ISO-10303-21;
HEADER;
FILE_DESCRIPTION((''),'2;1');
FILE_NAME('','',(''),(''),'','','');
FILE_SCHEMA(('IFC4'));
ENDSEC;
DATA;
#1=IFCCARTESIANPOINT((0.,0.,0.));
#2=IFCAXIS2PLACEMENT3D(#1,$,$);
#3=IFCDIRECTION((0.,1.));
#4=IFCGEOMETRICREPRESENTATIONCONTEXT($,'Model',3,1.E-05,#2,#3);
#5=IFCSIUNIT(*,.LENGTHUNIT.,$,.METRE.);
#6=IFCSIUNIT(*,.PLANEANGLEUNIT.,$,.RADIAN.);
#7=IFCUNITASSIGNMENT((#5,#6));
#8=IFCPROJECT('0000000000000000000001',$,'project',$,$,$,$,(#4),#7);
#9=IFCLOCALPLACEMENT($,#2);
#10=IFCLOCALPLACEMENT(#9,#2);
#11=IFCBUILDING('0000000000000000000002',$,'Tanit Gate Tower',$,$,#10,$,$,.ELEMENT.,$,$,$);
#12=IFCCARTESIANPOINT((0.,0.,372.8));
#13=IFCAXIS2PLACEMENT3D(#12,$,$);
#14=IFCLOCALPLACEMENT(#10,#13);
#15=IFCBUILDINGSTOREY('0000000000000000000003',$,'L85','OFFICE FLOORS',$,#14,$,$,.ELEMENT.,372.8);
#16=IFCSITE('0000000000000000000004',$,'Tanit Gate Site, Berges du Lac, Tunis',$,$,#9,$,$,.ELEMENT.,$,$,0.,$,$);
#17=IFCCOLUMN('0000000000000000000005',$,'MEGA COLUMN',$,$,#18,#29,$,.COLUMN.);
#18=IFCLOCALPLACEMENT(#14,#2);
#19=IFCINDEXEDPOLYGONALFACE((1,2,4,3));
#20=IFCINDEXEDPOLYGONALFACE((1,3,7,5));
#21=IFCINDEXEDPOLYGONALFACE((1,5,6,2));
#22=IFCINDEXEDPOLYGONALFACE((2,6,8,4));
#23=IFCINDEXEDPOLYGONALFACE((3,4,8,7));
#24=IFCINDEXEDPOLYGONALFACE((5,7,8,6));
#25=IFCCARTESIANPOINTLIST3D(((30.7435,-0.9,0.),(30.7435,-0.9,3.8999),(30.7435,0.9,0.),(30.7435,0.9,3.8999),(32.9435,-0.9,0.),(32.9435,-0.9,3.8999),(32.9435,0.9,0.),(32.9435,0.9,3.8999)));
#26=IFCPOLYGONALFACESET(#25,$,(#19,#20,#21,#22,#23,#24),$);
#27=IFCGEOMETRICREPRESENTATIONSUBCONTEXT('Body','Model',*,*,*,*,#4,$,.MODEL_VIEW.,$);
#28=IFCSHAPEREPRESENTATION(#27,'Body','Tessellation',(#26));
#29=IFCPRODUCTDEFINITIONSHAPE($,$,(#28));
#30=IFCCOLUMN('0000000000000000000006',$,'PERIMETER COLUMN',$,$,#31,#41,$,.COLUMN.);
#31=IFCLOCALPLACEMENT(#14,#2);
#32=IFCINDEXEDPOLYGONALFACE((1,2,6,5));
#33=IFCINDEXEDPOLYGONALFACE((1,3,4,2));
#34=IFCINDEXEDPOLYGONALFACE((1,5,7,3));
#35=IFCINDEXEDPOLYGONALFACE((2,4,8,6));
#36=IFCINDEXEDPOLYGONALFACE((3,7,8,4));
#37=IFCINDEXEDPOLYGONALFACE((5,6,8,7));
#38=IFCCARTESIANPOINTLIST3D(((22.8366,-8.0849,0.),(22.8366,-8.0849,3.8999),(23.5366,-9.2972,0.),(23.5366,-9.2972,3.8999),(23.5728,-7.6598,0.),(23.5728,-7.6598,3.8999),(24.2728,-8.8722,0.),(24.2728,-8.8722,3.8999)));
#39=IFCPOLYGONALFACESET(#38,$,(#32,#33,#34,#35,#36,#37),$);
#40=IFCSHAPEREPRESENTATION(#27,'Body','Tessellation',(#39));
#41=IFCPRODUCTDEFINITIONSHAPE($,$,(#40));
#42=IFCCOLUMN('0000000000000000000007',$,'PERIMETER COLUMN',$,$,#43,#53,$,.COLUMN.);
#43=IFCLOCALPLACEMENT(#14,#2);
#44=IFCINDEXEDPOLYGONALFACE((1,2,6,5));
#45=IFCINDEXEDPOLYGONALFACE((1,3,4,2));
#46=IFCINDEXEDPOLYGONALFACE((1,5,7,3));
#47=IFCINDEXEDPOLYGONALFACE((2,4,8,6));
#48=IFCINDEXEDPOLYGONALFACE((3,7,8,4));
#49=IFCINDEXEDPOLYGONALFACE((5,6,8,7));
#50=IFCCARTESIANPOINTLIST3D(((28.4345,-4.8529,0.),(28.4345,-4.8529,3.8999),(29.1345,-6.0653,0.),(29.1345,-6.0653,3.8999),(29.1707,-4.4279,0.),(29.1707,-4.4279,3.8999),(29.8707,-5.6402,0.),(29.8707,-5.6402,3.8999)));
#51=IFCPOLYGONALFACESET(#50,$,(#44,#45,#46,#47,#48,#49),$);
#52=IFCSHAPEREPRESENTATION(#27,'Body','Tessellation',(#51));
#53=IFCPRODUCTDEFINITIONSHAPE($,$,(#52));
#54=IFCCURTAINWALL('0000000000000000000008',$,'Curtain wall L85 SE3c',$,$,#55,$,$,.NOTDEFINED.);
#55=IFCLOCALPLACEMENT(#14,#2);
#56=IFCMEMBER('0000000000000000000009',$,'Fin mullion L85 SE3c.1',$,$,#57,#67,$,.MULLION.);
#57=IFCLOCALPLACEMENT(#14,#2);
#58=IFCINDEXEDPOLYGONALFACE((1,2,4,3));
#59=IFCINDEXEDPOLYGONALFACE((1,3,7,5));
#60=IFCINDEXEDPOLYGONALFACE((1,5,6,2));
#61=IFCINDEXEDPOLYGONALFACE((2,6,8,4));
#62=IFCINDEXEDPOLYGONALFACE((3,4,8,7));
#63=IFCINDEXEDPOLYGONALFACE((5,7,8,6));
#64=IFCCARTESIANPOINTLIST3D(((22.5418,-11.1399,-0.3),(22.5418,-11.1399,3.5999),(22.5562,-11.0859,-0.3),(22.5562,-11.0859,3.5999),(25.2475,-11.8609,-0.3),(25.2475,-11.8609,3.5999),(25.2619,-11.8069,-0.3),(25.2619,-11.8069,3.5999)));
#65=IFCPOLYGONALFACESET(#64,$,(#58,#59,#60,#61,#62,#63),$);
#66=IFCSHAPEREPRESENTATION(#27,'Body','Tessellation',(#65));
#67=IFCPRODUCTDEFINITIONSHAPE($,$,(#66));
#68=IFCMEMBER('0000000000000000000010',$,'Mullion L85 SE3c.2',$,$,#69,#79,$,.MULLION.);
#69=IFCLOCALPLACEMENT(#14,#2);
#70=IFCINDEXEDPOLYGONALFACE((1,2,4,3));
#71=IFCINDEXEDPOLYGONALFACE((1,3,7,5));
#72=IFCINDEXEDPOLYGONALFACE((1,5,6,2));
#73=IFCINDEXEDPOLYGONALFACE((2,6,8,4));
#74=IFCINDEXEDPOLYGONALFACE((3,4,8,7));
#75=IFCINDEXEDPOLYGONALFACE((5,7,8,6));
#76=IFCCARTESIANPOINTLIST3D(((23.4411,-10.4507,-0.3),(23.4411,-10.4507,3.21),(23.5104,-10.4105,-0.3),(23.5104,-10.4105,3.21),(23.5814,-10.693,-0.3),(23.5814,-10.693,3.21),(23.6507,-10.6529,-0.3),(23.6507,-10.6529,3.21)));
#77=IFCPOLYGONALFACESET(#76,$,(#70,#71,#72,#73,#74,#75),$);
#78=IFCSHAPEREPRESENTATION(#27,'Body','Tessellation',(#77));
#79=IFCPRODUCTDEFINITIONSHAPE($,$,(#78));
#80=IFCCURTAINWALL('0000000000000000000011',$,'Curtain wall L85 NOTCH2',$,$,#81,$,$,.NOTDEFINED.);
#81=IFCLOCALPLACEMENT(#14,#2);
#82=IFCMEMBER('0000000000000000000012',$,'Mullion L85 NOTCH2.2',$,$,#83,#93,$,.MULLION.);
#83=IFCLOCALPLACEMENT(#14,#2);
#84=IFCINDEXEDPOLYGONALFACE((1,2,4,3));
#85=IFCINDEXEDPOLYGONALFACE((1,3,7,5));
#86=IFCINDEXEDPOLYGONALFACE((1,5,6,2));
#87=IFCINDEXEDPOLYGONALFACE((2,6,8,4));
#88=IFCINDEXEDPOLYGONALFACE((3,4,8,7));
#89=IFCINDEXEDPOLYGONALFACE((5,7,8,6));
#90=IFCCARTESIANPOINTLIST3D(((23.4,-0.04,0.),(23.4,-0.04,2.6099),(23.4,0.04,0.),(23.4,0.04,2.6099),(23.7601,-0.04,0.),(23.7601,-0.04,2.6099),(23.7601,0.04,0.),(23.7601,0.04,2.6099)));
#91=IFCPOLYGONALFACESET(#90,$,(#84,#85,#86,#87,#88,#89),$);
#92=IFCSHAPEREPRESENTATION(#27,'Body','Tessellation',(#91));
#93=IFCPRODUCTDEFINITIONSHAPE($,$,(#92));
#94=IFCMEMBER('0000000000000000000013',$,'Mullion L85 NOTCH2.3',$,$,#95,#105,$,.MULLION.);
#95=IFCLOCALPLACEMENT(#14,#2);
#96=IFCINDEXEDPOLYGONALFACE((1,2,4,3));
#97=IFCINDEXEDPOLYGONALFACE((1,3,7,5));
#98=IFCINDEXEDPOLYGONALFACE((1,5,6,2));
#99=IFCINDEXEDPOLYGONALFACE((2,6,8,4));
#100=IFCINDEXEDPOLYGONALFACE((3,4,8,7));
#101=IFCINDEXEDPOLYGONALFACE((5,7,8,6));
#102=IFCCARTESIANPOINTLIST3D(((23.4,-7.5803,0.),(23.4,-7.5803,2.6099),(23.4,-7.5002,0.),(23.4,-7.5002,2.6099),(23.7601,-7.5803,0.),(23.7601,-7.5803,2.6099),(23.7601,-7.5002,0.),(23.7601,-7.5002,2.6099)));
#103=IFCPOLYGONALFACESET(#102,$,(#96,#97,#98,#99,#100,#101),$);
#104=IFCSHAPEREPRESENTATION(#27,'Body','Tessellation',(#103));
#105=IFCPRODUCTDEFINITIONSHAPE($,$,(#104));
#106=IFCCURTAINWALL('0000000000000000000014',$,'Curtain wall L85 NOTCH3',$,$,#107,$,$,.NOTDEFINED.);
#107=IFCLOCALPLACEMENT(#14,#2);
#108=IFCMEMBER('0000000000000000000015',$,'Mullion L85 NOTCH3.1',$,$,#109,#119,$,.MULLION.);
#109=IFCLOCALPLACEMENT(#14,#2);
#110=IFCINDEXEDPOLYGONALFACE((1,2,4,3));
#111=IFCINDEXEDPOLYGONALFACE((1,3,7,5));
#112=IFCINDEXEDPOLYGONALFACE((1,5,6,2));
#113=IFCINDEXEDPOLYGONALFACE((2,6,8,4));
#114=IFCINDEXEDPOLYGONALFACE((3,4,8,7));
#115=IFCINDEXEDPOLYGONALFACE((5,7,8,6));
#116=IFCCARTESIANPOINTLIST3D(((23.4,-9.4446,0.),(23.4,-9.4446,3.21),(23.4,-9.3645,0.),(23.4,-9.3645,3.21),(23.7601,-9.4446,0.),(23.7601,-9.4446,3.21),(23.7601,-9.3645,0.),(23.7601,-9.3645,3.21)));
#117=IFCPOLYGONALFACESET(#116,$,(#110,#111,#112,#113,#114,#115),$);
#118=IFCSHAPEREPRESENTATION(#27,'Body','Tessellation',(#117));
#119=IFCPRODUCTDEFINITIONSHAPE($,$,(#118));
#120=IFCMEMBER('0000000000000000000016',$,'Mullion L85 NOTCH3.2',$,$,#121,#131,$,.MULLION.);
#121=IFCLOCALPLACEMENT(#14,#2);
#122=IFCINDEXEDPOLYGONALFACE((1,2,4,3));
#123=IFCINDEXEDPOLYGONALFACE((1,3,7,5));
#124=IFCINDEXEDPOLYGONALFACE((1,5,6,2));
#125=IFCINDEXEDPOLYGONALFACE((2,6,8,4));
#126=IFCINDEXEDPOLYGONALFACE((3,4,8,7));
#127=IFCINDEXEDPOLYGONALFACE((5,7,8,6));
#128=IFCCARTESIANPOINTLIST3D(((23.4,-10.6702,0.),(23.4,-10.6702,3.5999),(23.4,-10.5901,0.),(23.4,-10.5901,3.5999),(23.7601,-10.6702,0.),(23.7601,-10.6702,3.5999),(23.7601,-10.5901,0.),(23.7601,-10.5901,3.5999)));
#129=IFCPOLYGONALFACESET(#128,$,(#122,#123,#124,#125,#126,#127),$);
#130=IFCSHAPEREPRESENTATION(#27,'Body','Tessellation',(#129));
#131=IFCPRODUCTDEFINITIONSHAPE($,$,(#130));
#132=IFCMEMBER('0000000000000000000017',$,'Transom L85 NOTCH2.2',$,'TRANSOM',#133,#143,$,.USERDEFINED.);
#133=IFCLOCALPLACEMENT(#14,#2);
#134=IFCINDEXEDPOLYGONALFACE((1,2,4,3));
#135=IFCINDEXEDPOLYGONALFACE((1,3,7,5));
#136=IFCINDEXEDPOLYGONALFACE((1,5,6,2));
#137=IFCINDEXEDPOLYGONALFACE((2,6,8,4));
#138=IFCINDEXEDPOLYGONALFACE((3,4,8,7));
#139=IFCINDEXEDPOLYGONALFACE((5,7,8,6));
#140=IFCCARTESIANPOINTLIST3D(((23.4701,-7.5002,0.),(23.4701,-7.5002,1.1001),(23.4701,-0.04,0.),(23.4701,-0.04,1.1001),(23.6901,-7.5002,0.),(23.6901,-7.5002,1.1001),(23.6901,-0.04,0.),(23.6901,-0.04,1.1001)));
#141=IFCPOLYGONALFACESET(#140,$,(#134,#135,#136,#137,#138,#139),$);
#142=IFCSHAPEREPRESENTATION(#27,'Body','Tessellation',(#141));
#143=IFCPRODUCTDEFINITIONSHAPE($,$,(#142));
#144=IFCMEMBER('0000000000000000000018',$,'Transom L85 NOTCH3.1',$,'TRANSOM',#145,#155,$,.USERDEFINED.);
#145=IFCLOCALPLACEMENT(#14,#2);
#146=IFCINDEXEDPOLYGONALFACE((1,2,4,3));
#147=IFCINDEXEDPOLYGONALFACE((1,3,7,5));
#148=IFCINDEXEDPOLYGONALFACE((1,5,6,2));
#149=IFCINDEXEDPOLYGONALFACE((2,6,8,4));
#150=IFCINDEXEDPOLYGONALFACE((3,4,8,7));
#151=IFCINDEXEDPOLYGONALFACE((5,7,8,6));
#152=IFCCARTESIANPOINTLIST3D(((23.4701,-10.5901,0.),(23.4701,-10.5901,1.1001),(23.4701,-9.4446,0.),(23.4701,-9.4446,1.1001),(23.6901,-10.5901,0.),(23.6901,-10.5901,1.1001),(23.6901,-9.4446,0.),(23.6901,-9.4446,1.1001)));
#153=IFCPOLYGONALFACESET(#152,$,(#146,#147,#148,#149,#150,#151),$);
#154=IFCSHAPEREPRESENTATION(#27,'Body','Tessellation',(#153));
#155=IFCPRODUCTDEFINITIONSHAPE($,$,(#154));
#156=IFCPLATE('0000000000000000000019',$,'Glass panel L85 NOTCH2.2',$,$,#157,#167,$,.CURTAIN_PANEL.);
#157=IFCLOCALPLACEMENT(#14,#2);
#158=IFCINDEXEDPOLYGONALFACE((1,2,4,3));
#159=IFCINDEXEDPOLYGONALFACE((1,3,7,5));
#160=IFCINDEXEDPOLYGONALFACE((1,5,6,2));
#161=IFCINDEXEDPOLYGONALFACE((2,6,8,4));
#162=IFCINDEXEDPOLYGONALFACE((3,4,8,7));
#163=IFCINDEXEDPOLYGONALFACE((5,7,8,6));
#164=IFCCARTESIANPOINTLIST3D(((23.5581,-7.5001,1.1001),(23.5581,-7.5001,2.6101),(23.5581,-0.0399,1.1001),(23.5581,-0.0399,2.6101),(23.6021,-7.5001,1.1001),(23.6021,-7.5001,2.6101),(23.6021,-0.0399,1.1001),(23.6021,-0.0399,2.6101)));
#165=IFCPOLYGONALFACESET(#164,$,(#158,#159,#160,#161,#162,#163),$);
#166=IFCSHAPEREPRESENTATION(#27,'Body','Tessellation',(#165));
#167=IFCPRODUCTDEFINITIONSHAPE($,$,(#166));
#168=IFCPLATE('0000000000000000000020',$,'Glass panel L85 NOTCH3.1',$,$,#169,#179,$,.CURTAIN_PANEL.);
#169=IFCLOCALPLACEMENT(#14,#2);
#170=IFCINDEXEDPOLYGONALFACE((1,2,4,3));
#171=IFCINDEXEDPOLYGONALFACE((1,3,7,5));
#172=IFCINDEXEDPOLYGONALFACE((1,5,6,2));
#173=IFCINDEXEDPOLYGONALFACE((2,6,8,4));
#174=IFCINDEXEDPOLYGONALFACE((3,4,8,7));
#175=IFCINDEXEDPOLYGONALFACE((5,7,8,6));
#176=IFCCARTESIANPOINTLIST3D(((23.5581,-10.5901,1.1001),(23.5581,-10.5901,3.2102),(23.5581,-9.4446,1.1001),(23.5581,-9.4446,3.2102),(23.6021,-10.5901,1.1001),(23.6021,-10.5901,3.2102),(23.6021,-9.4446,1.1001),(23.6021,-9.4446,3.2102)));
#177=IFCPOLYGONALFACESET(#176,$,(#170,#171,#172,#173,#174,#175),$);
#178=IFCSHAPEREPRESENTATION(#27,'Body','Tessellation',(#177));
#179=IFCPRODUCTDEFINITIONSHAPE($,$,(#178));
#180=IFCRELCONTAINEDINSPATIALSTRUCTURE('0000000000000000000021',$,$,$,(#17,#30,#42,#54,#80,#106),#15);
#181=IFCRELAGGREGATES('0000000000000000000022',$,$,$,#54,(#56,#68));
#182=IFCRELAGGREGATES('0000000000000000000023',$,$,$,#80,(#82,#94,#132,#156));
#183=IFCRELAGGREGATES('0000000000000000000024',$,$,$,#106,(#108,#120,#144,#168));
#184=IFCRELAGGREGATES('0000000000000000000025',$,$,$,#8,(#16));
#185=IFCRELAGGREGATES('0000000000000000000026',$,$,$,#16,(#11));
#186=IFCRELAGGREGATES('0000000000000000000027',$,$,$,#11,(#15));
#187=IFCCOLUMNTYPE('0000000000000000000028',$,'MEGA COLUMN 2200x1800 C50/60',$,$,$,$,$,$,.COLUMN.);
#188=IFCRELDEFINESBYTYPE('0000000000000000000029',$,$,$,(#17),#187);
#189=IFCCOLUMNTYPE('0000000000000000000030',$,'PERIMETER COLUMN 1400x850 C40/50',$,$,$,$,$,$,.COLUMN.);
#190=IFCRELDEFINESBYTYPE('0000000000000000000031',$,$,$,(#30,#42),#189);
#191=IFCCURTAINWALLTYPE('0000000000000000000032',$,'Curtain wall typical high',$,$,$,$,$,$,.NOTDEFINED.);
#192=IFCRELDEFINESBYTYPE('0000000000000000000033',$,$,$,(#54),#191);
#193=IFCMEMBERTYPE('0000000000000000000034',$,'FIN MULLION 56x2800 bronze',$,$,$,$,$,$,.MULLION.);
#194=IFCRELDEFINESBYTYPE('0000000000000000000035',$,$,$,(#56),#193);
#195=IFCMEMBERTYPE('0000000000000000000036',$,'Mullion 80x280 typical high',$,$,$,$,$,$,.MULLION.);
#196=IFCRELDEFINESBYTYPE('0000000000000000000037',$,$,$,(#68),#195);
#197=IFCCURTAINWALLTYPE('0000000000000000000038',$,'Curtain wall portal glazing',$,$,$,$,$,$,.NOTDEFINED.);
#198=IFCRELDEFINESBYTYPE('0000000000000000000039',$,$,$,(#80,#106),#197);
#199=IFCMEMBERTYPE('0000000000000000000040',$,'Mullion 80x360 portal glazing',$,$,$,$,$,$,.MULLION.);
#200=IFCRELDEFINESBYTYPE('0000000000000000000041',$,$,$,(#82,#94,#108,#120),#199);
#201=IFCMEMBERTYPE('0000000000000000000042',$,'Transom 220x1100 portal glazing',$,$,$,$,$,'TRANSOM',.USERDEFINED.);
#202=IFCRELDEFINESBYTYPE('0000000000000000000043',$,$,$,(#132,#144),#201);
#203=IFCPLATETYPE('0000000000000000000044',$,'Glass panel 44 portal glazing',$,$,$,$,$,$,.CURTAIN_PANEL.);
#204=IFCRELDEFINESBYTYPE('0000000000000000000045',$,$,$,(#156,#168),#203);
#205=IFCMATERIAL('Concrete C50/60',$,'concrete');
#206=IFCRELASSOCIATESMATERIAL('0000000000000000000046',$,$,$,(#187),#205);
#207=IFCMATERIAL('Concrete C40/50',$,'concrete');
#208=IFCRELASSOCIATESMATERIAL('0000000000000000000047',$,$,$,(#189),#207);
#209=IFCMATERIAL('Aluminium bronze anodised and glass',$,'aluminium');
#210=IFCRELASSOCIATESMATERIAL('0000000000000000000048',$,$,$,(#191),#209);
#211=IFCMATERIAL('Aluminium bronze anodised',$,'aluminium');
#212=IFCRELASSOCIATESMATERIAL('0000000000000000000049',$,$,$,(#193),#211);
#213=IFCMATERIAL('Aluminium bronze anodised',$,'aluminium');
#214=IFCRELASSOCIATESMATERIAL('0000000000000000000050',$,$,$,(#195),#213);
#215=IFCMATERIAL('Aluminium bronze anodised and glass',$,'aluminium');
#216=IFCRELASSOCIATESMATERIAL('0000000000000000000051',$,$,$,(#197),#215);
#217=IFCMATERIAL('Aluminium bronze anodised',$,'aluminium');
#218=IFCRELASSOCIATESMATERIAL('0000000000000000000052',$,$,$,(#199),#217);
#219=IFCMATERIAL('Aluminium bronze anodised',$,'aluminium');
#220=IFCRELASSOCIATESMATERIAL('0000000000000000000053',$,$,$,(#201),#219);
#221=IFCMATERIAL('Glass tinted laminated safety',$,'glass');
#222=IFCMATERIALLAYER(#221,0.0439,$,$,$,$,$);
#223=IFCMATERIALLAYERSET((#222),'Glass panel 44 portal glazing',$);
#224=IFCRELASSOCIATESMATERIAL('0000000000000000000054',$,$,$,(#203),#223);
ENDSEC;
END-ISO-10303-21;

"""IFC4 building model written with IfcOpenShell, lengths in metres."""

from ifc_helpers import new_model, si_unit, direction, frame, origin, origin_2d, place, context, subcontext, project, spatial, rectangle, extrude, material, layer, layer_set, material_profile, profile_set, type_object, element, aggregate, save


model = new_model("IFC4")

# Units and contexts
model_context = context("Model", 3, precision=1e-05, world=origin(), true_north=direction((0.0, 1.0)))
body_context = subcontext(model_context, "Body", "Model", "MODEL_VIEW")
ifc_project = project(units=[si_unit("LENGTHUNIT", "METRE"), si_unit("PLANEANGLEUNIT", "RADIAN")], contexts=[model_context])

# Site, building, storey
site_placement = place(None, origin())
site = spatial("IfcSite", under=ifc_project, at=site_placement, Name="Tanit Gate Site, Berges du Lac, Tunis", CompositionType="ELEMENT", RefElevation=0.0)
building_placement = place(site_placement, origin())
building = spatial("IfcBuilding", under=site, at=building_placement, Name="Tanit Gate Tower", CompositionType="ELEMENT")
storey_placement = place(building_placement, frame((0.0, 0.0, 372.8)))
storey = spatial("IfcBuildingStorey", under=building, at=storey_placement, Name="L85", Description="OFFICE FLOORS", CompositionType="ELEMENT", Elevation=372.8)

# Columns
ifc_material_1 = material(Name="Concrete C50/60", Category="concrete")
ifc_material_profile_1 = material_profile(ifc_material_1, rectangle(XDim=2.2, YDim=1.8, at=origin_2d()), Name="RC 2200x1800")
ifc_profile_set_1 = profile_set([ifc_material_profile_1], Name="Concrete C50/60")
column_type_1 = type_object("IfcColumnType", Name="MEGA COLUMN 2200x1800 C50/60", PredefinedType="COLUMN", material=ifc_profile_set_1)
column_placement = place(storey_placement, frame((31.8435, 0.0, 0.0), z_axis=(0.0, 0.0, 1.0), x_axis=(1.0, 0.0, 0.0)))
element("IfcColumn", 1, at=column_placement, inside=storey, type_object=column_type_1, Name="MEGA COLUMN", PredefinedType="COLUMN", context=body_context, shape_type="SweptSolid", body=[
    extrude(rectangle(XDim=2.2, YDim=1.8, at=origin_2d()), origin(), (0.0, 0.0, 1.0), 3.8999),
])
ifc_material_2 = material(Name="Concrete C40/50", Category="concrete")
ifc_material_profile_2 = material_profile(ifc_material_2, rectangle(XDim=1.3999, YDim=0.8501, at=origin_2d()), Name="RC 1400x850")
ifc_profile_set_2 = profile_set([ifc_material_profile_2], Name="Concrete C40/50")
column_type_2 = type_object("IfcColumnType", Name="PERIMETER COLUMN 1400x850 C40/50", PredefinedType="COLUMN", material=ifc_profile_set_2)
for number, where, z_axis, x_axis, name in (
    (2, (23.5547, -8.4785, 0.0), (0.0, 0.0, 1.0), (0.5, -0.866025, 0.0), "PERIMETER COLUMN"),
    (3, (29.1526, -5.2466, 0.0), (0.0, 0.0, 1.0), (0.5, -0.866025, 0.0), "PERIMETER COLUMN"),
):
    element("IfcColumn", number, at=place(storey_placement, frame(where, z_axis=z_axis, x_axis=x_axis)), inside=storey, type_object=column_type_2, Name=name, PredefinedType="COLUMN", context=body_context, shape_type="SweptSolid", body=[
        extrude(rectangle(XDim=1.3999, YDim=0.8501, at=origin_2d()), origin(), (0.0, 0.0, 1.0), 3.8999),
    ])

# Curtain walls, members
ifc_material_3 = material(Name="Aluminium bronze anodised and glass", Category="aluminium")
curtain_wall_type_1 = type_object("IfcCurtainWallType", Name="Curtain wall typical high", PredefinedType="NOTDEFINED", material=ifc_material_3)
curtain_wall_1_placement = place(storey_placement, origin())
curtain_wall_1 = element("IfcCurtainWall", 4, at=curtain_wall_1_placement, inside=storey, type_object=curtain_wall_type_1, Name="Curtain wall L85 SE3c", PredefinedType="NOTDEFINED")
ifc_material_4 = material(Name="Aluminium bronze anodised", Category="aluminium")
ifc_material_profile_3 = material_profile(ifc_material_4, rectangle(XDim=2.8, YDim=0.0559, at=origin_2d()), Name="56x2800 bronze fin mullion")
ifc_profile_set_3 = profile_set([ifc_material_profile_3], Name="Aluminium bronze anodised")
member_type_1 = type_object("IfcMemberType", Name="FIN MULLION 56x2800 bronze", PredefinedType="MULLION", material=ifc_profile_set_3)
member_1_placement = place(storey_placement, frame((23.9019, -11.4734, -0.3), z_axis=(0.0, 0.0, 1.0), x_axis=(-0.96628, 0.257494, 0.0)))
member_1 = element("IfcMember", 5, at=member_1_placement, type_object=member_type_1, Name="Fin mullion L85 SE3c.1", PredefinedType="MULLION", context=body_context, shape_type="SweptSolid", body=[
    extrude(rectangle(XDim=2.8, YDim=0.0559, at=origin_2d()), origin(), (0.0, 0.0, 1.0), 3.8999),
])
ifc_material_5 = material(Name="Aluminium bronze anodised", Category="aluminium")
ifc_material_profile_4 = material_profile(ifc_material_5, rectangle(XDim=0.28, YDim=0.0801, at=origin_2d()), Name="80x280 bronze mullion")
ifc_profile_set_4 = profile_set([ifc_material_profile_4], Name="Aluminium bronze anodised")
member_type_2 = type_object("IfcMemberType", Name="Mullion 80x280 typical high", PredefinedType="MULLION", material=ifc_profile_set_4)
member_2_placement = place(storey_placement, frame((23.5459, -10.5518, -0.3), z_axis=(0.0, 0.0, 1.0), x_axis=(-0.501188, 0.865339, 0.0)))
member_2 = element("IfcMember", 6, at=member_2_placement, type_object=member_type_2, Name="Mullion L85 SE3c.2", PredefinedType="MULLION", context=body_context, shape_type="SweptSolid", body=[
    extrude(rectangle(XDim=0.28, YDim=0.0801, at=origin_2d()), origin(), (0.0, 0.0, 1.0), 3.51),
])
aggregate(curtain_wall_1, [member_1, member_2])
ifc_material_6 = material(Name="Aluminium bronze anodised and glass", Category="aluminium")
curtain_wall_type_2 = type_object("IfcCurtainWallType", Name="Curtain wall portal glazing", PredefinedType="NOTDEFINED", material=ifc_material_6)
curtain_wall_2_placement = place(storey_placement, origin())
curtain_wall_2 = element("IfcCurtainWall", 7, at=curtain_wall_2_placement, inside=storey, type_object=curtain_wall_type_2, Name="Curtain wall L85 NOTCH2", PredefinedType="NOTDEFINED")
ifc_material_7 = material(Name="Aluminium bronze anodised", Category="aluminium")
ifc_material_profile_5 = material_profile(ifc_material_7, rectangle(XDim=0.3601, YDim=0.0801, at=origin_2d()), Name="80x360 bronze mullion")
ifc_profile_set_5 = profile_set([ifc_material_profile_5], Name="Aluminium bronze anodised")
member_type_3 = type_object("IfcMemberType", Name="Mullion 80x360 portal glazing", PredefinedType="MULLION", material=ifc_profile_set_5)
member_3_placement = place(storey_placement, frame((23.5801, 0.0, 0.0), z_axis=(0.0, 0.0, 1.0), x_axis=(1.0, 0.0, 0.0)))
member_3 = element("IfcMember", 8, at=member_3_placement, type_object=member_type_3, Name="Mullion L85 NOTCH2.2", PredefinedType="MULLION", context=body_context, shape_type="SweptSolid", body=[
    extrude(rectangle(XDim=0.3601, YDim=0.0801, at=origin_2d()), origin(), (0.0, 0.0, 1.0), 2.6099),
])
member_4_placement = place(storey_placement, frame((23.5801, -7.5403, 0.0), z_axis=(0.0, 0.0, 1.0), x_axis=(1.0, 0.0, 0.0)))
member_4 = element("IfcMember", 9, at=member_4_placement, type_object=member_type_3, Name="Mullion L85 NOTCH2.3", PredefinedType="MULLION", context=body_context, shape_type="SweptSolid", body=[
    extrude(rectangle(XDim=0.3601, YDim=0.0801, at=origin_2d()), origin(), (0.0, 0.0, 1.0), 2.6099),
])
curtain_wall_3_placement = place(storey_placement, origin())
curtain_wall_3 = element("IfcCurtainWall", 10, at=curtain_wall_3_placement, inside=storey, type_object=curtain_wall_type_2, Name="Curtain wall L85 NOTCH3", PredefinedType="NOTDEFINED")
member_5_placement = place(storey_placement, frame((23.5801, -9.4045, 0.0), z_axis=(0.0, 0.0, 1.0), x_axis=(1.0, 0.0, 0.0)))
member_5 = element("IfcMember", 11, at=member_5_placement, type_object=member_type_3, Name="Mullion L85 NOTCH3.1", PredefinedType="MULLION", context=body_context, shape_type="SweptSolid", body=[
    extrude(rectangle(XDim=0.3601, YDim=0.0801, at=origin_2d()), origin(), (0.0, 0.0, 1.0), 3.21),
])
member_6_placement = place(storey_placement, frame((23.5801, -10.6301, 0.0), z_axis=(0.0, 0.0, 1.0), x_axis=(1.0, 0.0, 0.0)))
member_6 = element("IfcMember", 12, at=member_6_placement, type_object=member_type_3, Name="Mullion L85 NOTCH3.2", PredefinedType="MULLION", context=body_context, shape_type="SweptSolid", body=[
    extrude(rectangle(XDim=0.3601, YDim=0.0801, at=origin_2d()), origin(), (0.0, 0.0, 1.0), 3.5999),
])

# Members
ifc_material_8 = material(Name="Aluminium bronze anodised", Category="aluminium")
ifc_material_profile_6 = material_profile(ifc_material_8, rectangle(XDim=0.22, YDim=1.1001, at=origin_2d()), Name="220x1100 bronze transom")
ifc_profile_set_6 = profile_set([ifc_material_profile_6], Name="Aluminium bronze anodised")
member_type_4 = type_object("IfcMemberType", Name="Transom 220x1100 portal glazing", ElementType="TRANSOM", PredefinedType="USERDEFINED", material=ifc_profile_set_6)
member_7_placement = place(storey_placement, frame((23.5801, -0.04, 0.55), z_axis=(0.0, -1.0, 0.0), x_axis=(1.0, 0.0, 0.0)))
member_7 = element("IfcMember", 13, at=member_7_placement, type_object=member_type_4, Name="Transom L85 NOTCH2.2", ObjectType="TRANSOM", PredefinedType="USERDEFINED", context=body_context, shape_type="SweptSolid", body=[
    extrude(rectangle(XDim=0.22, YDim=1.1001, at=origin_2d()), origin(), (0.0, 0.0, 1.0), 7.4602),
])
member_8_placement = place(storey_placement, frame((23.5801, -9.4446, 0.55), z_axis=(0.0, -1.0, 0.0), x_axis=(1.0, 0.0, 0.0)))
member_8 = element("IfcMember", 14, at=member_8_placement, type_object=member_type_4, Name="Transom L85 NOTCH3.1", ObjectType="TRANSOM", PredefinedType="USERDEFINED", context=body_context, shape_type="SweptSolid", body=[
    extrude(rectangle(XDim=0.22, YDim=1.1001, at=origin_2d()), origin(), (0.0, 0.0, 1.0), 1.1455),
])

# Plates
ifc_material_9 = material(Name="Glass tinted laminated safety", Category="glass")
ifc_layer_1 = layer(ifc_material_9, 0.0439)
ifc_layer_set_1 = layer_set([ifc_layer_1], Name="Glass panel 44 portal glazing")
plate_type = type_object("IfcPlateType", Name="Glass panel 44 portal glazing", PredefinedType="CURTAIN_PANEL", material=ifc_layer_set_1)
plate_1_placement = place(storey_placement, frame((23.5801, -3.77, 1.1001), z_axis=(0.0, 0.0, 1.0), x_axis=(0.0, -1.0, 0.0)))
plate_1 = element("IfcPlate", 15, at=plate_1_placement, type_object=plate_type, Name="Glass panel L85 NOTCH2.2", PredefinedType="CURTAIN_PANEL", context=body_context, shape_type="SweptSolid", body=[
    extrude(rectangle(XDim=7.4602, YDim=0.0439, at=origin_2d()), origin(), (0.0, 0.0, 1.0), 1.51),
])
aggregate(curtain_wall_2, [member_3, member_4, member_7, plate_1])
plate_2_placement = place(storey_placement, frame((23.5801, -10.0173, 1.1001), z_axis=(0.0, 0.0, 1.0), x_axis=(0.0, -1.0, 0.0)))
plate_2 = element("IfcPlate", 16, at=plate_2_placement, type_object=plate_type, Name="Glass panel L85 NOTCH3.1", PredefinedType="CURTAIN_PANEL", context=body_context, shape_type="SweptSolid", body=[
    extrude(rectangle(XDim=1.1455, YDim=0.0439, at=origin_2d()), origin(), (0.0, 0.0, 1.0), 2.1101),
])
aggregate(curtain_wall_3, [member_5, member_6, member_8, plate_2])

save(model, "model.ifc")
